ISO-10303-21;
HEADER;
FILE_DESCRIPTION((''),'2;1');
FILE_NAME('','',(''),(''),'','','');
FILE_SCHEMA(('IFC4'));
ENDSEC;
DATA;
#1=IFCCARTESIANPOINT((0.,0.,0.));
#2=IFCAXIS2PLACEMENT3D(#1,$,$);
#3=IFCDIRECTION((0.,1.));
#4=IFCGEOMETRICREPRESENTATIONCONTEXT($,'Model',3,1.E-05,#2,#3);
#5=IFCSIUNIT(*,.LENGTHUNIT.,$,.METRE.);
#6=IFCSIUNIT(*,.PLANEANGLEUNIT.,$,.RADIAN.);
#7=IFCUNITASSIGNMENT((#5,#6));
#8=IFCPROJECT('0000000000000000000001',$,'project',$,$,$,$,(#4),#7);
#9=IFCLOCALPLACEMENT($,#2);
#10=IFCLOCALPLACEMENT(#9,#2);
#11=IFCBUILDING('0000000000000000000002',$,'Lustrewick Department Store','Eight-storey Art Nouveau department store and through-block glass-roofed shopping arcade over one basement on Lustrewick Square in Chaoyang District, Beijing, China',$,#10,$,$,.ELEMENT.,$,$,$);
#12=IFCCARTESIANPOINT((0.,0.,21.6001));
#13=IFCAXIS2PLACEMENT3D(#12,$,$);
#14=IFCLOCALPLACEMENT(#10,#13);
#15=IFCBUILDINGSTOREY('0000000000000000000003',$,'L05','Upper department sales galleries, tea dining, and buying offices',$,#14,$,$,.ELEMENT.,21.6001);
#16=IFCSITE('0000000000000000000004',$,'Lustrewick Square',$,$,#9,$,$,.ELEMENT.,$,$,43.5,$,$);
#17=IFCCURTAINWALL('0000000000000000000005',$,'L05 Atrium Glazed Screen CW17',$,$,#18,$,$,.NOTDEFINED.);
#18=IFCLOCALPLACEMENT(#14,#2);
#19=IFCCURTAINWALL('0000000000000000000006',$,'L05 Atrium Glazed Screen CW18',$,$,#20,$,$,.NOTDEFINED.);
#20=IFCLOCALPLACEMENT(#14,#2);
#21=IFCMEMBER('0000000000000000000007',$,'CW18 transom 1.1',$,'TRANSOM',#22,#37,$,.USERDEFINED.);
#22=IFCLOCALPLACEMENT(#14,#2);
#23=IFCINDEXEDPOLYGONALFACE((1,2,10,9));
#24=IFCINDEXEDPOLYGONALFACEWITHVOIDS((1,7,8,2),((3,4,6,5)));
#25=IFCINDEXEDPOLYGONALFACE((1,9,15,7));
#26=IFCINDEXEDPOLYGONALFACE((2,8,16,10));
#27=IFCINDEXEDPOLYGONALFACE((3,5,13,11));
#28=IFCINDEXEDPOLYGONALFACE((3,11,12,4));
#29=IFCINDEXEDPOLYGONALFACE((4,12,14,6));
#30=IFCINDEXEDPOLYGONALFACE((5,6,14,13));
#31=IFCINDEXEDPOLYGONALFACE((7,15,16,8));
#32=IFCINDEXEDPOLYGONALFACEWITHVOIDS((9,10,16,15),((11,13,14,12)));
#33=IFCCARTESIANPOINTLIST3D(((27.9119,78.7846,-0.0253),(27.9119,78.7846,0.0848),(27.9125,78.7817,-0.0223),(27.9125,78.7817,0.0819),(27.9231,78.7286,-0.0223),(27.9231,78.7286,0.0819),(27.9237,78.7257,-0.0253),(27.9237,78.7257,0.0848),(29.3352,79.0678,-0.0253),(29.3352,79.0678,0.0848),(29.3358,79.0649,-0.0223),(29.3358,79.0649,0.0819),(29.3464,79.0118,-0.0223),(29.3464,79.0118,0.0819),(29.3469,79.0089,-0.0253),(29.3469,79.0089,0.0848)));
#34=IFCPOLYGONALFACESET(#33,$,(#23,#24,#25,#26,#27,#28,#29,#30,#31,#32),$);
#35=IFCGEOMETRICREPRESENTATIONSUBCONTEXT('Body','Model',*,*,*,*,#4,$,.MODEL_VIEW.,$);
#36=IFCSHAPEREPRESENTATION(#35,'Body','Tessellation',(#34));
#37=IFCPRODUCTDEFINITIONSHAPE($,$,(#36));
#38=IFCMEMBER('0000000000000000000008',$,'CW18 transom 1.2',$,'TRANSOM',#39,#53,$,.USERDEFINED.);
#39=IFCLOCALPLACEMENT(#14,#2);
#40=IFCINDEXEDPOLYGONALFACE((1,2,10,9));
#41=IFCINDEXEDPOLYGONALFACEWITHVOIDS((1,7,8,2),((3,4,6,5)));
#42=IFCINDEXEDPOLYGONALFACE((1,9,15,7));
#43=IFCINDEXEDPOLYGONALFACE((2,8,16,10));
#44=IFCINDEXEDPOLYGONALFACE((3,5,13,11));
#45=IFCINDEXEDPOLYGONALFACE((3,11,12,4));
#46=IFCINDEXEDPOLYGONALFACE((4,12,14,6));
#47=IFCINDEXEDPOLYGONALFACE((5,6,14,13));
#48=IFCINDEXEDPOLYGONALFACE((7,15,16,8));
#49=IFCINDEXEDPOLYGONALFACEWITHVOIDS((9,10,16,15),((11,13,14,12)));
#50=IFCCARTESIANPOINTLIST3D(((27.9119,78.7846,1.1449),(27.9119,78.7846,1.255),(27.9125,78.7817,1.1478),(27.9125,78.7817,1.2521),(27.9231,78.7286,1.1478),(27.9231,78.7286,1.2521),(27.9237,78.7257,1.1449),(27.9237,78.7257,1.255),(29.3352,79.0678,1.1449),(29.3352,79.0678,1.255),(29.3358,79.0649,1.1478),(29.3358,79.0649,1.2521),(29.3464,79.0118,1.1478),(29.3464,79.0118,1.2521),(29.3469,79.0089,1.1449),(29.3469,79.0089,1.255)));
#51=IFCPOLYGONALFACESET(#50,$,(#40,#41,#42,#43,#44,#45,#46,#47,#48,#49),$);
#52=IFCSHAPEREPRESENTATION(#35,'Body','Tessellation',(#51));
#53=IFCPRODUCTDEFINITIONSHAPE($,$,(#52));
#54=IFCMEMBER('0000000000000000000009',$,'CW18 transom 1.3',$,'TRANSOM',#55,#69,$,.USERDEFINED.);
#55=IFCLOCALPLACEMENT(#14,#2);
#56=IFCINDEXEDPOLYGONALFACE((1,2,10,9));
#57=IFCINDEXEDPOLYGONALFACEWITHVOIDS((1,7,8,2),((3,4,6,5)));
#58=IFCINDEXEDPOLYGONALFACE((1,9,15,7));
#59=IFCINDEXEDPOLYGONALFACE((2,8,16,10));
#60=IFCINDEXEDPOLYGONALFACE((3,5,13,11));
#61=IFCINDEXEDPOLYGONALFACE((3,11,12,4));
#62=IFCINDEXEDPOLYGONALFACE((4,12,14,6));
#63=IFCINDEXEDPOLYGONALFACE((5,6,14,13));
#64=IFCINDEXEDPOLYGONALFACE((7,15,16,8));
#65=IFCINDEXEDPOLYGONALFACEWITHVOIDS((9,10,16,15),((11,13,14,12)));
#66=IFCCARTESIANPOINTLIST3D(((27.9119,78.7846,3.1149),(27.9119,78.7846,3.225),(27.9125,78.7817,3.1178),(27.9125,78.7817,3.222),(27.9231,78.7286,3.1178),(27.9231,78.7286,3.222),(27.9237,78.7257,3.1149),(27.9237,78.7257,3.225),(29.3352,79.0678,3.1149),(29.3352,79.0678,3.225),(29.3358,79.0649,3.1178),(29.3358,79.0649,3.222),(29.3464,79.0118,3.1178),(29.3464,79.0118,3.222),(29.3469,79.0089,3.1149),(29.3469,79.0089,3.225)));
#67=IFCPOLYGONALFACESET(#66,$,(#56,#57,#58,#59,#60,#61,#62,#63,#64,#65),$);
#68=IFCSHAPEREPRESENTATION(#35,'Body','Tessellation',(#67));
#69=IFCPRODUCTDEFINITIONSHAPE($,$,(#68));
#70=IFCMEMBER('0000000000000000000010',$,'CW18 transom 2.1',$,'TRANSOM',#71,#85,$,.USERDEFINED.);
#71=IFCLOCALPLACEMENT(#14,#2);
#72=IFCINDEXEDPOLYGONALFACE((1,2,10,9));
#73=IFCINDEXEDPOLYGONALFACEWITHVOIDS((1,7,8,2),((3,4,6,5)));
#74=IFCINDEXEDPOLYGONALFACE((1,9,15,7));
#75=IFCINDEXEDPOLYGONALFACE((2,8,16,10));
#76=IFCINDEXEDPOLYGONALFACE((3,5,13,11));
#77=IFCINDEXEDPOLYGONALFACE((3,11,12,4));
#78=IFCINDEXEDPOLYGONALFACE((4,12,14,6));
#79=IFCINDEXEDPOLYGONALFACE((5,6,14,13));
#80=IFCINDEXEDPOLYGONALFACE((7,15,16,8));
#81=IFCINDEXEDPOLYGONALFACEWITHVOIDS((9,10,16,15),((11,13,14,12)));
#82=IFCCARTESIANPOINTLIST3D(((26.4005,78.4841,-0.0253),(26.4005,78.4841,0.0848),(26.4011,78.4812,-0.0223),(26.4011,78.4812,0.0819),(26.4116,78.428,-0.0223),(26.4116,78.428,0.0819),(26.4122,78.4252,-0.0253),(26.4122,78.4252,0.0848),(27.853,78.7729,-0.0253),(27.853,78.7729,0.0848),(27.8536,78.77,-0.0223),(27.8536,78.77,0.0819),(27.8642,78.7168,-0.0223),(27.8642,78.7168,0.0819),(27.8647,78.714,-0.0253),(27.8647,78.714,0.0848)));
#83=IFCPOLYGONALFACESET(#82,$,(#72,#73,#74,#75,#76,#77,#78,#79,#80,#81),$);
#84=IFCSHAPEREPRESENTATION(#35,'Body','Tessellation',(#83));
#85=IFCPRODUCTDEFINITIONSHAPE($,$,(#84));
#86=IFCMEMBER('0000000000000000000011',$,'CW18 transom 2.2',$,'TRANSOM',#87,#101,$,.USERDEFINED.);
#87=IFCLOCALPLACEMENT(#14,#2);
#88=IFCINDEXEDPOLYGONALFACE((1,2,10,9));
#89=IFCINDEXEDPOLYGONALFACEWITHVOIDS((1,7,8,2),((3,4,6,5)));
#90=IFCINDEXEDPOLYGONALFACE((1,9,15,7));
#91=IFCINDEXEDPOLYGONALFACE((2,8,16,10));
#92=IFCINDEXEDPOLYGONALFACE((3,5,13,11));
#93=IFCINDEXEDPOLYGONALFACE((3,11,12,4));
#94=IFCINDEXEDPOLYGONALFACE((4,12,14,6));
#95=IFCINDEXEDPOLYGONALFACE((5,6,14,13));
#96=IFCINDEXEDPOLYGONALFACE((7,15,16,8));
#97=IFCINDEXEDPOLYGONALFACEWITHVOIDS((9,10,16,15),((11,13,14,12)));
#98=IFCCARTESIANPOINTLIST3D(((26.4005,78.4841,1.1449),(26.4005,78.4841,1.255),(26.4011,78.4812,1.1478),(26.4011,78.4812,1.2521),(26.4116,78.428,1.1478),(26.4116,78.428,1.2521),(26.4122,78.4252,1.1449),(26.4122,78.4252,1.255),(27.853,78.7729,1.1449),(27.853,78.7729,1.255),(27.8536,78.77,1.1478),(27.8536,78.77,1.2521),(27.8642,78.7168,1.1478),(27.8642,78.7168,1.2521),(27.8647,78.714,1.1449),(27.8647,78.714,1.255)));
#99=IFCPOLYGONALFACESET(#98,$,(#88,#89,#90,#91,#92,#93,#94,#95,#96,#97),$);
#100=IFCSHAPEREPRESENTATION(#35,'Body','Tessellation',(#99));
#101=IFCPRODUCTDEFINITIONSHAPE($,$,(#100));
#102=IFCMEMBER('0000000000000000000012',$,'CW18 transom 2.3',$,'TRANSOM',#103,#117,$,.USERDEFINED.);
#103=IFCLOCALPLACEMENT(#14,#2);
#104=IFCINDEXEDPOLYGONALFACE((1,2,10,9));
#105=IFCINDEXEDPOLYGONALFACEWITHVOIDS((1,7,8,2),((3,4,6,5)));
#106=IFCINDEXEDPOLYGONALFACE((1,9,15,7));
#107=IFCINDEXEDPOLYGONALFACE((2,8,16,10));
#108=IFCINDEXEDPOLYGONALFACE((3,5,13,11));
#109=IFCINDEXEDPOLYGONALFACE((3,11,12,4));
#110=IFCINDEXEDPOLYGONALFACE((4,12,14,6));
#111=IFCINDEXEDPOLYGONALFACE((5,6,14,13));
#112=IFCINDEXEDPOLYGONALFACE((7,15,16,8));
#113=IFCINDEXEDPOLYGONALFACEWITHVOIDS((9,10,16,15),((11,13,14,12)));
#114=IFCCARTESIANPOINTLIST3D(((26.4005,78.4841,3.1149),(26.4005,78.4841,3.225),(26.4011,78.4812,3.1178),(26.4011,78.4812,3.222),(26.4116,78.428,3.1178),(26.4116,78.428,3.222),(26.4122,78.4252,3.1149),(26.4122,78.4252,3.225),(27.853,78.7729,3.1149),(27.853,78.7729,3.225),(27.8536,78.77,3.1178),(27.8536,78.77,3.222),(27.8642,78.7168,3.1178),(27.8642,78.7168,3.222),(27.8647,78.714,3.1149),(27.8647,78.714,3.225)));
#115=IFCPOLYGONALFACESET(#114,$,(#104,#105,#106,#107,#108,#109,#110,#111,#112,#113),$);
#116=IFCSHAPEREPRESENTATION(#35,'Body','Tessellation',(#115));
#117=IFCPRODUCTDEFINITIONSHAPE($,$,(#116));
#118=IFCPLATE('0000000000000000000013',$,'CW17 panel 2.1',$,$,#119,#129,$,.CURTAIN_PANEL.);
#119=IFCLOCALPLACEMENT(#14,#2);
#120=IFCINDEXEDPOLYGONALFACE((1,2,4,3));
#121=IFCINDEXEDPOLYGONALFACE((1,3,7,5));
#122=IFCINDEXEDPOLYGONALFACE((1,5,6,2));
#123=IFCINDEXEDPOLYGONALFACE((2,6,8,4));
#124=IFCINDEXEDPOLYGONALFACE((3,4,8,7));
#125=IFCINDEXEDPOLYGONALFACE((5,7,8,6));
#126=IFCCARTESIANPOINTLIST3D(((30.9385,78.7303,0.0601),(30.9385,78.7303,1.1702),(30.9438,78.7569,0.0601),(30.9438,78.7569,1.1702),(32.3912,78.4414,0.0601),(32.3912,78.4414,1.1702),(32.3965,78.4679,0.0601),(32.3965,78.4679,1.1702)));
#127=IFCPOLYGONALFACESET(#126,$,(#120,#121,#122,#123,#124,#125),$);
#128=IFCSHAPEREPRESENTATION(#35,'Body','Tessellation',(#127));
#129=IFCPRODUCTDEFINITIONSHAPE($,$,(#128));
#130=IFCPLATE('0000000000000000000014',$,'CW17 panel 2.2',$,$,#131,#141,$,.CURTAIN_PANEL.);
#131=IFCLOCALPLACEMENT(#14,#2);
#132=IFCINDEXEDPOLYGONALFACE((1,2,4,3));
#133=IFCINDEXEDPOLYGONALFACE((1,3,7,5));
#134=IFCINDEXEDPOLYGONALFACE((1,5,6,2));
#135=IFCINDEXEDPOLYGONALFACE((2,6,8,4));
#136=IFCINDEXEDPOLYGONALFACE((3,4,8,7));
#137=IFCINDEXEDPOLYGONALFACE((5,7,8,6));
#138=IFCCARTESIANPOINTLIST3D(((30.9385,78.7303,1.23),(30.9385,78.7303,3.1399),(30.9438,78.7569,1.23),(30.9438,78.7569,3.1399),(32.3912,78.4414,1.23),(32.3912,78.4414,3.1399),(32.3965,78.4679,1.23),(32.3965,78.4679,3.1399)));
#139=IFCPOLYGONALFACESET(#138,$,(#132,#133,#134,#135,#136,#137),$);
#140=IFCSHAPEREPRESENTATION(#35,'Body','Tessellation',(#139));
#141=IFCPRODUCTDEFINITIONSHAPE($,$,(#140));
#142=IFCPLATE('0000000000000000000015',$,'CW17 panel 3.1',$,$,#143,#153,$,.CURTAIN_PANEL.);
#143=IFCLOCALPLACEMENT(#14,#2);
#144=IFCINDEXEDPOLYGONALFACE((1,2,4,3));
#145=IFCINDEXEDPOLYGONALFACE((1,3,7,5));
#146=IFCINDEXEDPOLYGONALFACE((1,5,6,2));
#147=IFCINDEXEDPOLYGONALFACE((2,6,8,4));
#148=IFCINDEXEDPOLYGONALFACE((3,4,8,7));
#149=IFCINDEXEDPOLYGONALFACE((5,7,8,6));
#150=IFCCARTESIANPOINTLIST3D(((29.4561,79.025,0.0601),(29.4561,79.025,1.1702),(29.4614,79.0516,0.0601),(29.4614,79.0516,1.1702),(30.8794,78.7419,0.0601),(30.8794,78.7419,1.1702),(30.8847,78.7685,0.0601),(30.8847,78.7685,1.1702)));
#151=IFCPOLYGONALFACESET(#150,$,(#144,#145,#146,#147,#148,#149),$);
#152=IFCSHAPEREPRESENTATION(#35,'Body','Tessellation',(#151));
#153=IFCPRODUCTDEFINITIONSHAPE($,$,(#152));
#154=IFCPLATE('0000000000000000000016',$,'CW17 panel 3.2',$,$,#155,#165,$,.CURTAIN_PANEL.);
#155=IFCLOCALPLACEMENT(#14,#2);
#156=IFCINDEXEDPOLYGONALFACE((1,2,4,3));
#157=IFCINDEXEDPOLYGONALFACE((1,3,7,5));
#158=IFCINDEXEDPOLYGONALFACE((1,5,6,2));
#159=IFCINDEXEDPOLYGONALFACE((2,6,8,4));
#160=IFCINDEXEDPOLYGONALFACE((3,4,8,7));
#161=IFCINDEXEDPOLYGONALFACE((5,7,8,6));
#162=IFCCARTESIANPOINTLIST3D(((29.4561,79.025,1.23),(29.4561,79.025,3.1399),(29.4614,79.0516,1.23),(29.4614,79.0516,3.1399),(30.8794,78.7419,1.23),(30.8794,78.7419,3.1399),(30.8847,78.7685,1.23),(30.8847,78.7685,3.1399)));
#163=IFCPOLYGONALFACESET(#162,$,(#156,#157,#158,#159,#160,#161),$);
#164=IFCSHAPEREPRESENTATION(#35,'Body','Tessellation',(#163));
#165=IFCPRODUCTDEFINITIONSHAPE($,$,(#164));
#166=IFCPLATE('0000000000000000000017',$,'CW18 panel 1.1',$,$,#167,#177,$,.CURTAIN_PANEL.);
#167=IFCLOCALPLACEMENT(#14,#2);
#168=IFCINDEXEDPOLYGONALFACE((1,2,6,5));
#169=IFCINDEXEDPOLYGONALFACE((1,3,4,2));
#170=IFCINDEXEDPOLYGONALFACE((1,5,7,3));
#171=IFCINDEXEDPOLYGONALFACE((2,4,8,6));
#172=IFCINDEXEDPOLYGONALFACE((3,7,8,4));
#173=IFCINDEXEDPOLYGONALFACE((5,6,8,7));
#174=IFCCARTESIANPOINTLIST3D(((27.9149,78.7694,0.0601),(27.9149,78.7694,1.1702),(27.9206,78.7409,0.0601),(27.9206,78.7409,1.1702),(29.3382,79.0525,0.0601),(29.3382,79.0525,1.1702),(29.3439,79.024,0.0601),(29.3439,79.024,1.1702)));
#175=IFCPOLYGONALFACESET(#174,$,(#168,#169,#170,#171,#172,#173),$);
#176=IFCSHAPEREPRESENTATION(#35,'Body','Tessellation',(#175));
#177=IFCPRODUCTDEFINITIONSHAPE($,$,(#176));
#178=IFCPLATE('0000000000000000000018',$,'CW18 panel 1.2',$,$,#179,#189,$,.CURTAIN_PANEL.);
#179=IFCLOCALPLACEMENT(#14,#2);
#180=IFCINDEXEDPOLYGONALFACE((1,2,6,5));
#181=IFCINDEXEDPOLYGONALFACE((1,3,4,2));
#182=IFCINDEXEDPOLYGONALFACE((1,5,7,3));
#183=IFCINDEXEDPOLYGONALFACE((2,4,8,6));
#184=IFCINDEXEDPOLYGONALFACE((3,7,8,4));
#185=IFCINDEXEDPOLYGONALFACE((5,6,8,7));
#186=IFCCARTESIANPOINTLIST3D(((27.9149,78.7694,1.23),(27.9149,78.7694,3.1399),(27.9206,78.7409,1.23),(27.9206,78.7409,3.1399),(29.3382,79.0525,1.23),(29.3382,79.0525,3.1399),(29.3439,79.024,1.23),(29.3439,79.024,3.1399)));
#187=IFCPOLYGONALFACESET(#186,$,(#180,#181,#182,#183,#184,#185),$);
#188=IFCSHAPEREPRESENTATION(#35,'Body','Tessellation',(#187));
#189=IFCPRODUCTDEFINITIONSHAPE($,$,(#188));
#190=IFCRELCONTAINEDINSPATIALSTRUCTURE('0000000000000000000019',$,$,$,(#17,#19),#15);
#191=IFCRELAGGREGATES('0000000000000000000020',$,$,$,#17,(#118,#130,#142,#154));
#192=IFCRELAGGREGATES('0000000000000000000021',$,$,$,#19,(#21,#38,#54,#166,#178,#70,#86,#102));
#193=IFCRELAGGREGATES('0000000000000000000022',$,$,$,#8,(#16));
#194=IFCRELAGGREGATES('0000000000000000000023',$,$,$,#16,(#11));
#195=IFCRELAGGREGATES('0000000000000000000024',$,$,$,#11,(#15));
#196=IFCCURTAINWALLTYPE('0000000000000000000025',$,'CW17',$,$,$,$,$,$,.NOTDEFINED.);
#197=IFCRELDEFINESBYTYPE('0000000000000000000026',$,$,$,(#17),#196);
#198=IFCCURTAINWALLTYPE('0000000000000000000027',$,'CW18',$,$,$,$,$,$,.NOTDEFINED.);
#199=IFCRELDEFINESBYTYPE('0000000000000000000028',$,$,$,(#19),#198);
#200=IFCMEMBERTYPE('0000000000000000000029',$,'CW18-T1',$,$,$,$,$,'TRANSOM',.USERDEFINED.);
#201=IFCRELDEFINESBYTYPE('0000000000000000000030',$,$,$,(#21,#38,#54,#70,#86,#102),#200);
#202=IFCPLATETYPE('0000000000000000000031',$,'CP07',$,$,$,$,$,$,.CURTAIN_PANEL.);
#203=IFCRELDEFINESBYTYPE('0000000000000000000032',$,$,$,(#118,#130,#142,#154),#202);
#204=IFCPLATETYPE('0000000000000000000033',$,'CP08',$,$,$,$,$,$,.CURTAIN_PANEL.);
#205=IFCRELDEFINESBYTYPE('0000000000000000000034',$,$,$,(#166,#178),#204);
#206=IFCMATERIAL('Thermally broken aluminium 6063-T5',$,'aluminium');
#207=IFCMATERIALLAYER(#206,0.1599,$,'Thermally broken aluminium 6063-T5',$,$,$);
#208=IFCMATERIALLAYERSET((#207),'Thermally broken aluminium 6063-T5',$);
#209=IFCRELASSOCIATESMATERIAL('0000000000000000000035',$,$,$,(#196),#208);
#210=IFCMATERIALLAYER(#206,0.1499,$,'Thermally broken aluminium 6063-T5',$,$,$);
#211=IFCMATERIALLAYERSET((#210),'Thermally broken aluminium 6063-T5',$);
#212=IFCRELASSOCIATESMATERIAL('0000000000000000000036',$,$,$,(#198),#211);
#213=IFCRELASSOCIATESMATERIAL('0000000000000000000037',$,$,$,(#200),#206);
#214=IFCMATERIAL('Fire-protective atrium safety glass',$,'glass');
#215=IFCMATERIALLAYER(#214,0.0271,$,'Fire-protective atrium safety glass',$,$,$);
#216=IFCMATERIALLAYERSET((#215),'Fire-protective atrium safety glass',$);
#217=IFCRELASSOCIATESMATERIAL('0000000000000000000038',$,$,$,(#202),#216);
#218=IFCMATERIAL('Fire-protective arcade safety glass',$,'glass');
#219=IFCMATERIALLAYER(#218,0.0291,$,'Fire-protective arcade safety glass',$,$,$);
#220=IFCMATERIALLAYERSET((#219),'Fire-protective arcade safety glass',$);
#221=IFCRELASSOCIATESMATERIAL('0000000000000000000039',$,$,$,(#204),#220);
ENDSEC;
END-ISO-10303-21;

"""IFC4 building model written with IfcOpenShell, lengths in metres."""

from ifc_helpers import new_model, si_unit, direction, frame, origin, origin_2d, place, context, subcontext, project, spatial, rectangle, hollow_rectangle, extrude, material, layer, layer_set, material_profile, profile_set, type_object, element, aggregate, save


model = new_model("IFC4")

# Units and contexts
model_context = context("Model", 3, precision=1e-05, world=origin(), true_north=direction((0.0, 1.0)))
body_context = subcontext(model_context, "Body", "Model", "MODEL_VIEW")
ifc_project = project(units=[si_unit("LENGTHUNIT", "METRE"), si_unit("PLANEANGLEUNIT", "RADIAN")], contexts=[model_context])

# Site, building, storey
site_placement = place(None, origin())
site = spatial("IfcSite", under=ifc_project, at=site_placement, Name="Lustrewick Square", CompositionType="ELEMENT", RefElevation=43.5)
building_placement = place(site_placement, origin())
building = spatial("IfcBuilding", under=site, at=building_placement, Name="Lustrewick Department Store", Description="Eight-storey Art Nouveau department store and through-block glass-roofed shopping arcade over one basement on Lustrewick Square in Chaoyang District, Beijing, China", CompositionType="ELEMENT")
storey_placement = place(building_placement, frame((0.0, 0.0, 21.6001)))
storey = spatial("IfcBuildingStorey", under=building, at=storey_placement, Name="L05", Description="Upper department sales galleries, tea dining, and buying offices", CompositionType="ELEMENT", Elevation=21.6001)

# Curtain walls, members
ifc_material_1 = material(Name="Thermally broken aluminium 6063-T5", Category="aluminium")
ifc_layer_1 = layer(ifc_material_1, 0.1599, Name="Thermally broken aluminium 6063-T5")
ifc_layer_set_1 = layer_set([ifc_layer_1], Name="Thermally broken aluminium 6063-T5")
curtain_wall_type_1 = type_object("IfcCurtainWallType", Name="CW17", PredefinedType="NOTDEFINED", material=ifc_layer_set_1)
curtain_wall_1_placement = place(storey_placement, origin())
curtain_wall_1 = element("IfcCurtainWall", 1, at=curtain_wall_1_placement, inside=storey, type_object=curtain_wall_type_1, Name="L05 Atrium Glazed Screen CW17", PredefinedType="NOTDEFINED")
ifc_layer_2 = layer(ifc_material_1, 0.1499, Name="Thermally broken aluminium 6063-T5")
ifc_layer_set_2 = layer_set([ifc_layer_2], Name="Thermally broken aluminium 6063-T5")
curtain_wall_type_2 = type_object("IfcCurtainWallType", Name="CW18", PredefinedType="NOTDEFINED", material=ifc_layer_set_2)
curtain_wall_2_placement = place(storey_placement, origin())
curtain_wall_2 = element("IfcCurtainWall", 2, at=curtain_wall_2_placement, inside=storey, type_object=curtain_wall_type_2, Name="L05 Atrium Glazed Screen CW18", PredefinedType="NOTDEFINED")
ifc_material_profile_1 = material_profile(ifc_material_1, hollow_rectangle(XDim=0.0601, YDim=0.1101, WallThickness=0.0029, at=origin_2d()), Name="ALU-T 60x110x3")
ifc_profile_set_1 = profile_set([ifc_material_profile_1], Name="Thermally broken aluminium 6063-T5")
member_type_1 = type_object("IfcMemberType", Name="CW18-T1", ElementType="TRANSOM", PredefinedType="USERDEFINED", material=ifc_profile_set_1)
member_1_placement = place(storey_placement, frame((29.3411, 79.0383, 0.0298), z_axis=(-0.980774, -0.195145, 0.0), x_axis=(0.195145, -0.980774, 0.0)))
member_1 = element("IfcMember", 3, at=member_1_placement, type_object=member_type_1, Name="CW18 transom 1.1", ObjectType="TRANSOM", PredefinedType="USERDEFINED", context=body_context, shape_type="SweptSolid", body=[
    extrude(hollow_rectangle(XDim=0.0601, YDim=0.1101, WallThickness=0.0029, at=origin_2d()), origin(), (0.0, 0.0, 1.0), 1.4512),
])
member_2_placement = place(storey_placement, frame((29.3411, 79.0383, 1.2), z_axis=(-0.980774, -0.195145, 0.0), x_axis=(0.195145, -0.980774, 0.0)))
member_2 = element("IfcMember", 4, at=member_2_placement, type_object=member_type_1, Name="CW18 transom 1.2", ObjectType="TRANSOM", PredefinedType="USERDEFINED", context=body_context, shape_type="SweptSolid", body=[
    extrude(hollow_rectangle(XDim=0.0601, YDim=0.1101, WallThickness=0.0029, at=origin_2d()), origin(), (0.0, 0.0, 1.0), 1.4512),
])
member_3_placement = place(storey_placement, frame((29.3411, 79.0383, 3.1699), z_axis=(-0.980774, -0.195145, 0.0), x_axis=(0.195145, -0.980774, 0.0)))
member_3 = element("IfcMember", 5, at=member_3_placement, type_object=member_type_1, Name="CW18 transom 1.3", ObjectType="TRANSOM", PredefinedType="USERDEFINED", context=body_context, shape_type="SweptSolid", body=[
    extrude(hollow_rectangle(XDim=0.0601, YDim=0.1101, WallThickness=0.0029, at=origin_2d()), origin(), (0.0, 0.0, 1.0), 1.4512),
])
member_4_placement = place(storey_placement, frame((27.8589, 78.7434, 0.0298), z_axis=(-0.980802, -0.195007, 0.0), x_axis=(0.195007, -0.980802, 0.0)))
member_4 = element("IfcMember", 6, at=member_4_placement, type_object=member_type_1, Name="CW18 transom 2.1", ObjectType="TRANSOM", PredefinedType="USERDEFINED", context=body_context, shape_type="SweptSolid", body=[
    extrude(hollow_rectangle(XDim=0.0601, YDim=0.1101, WallThickness=0.0029, at=origin_2d()), origin(), (0.0, 0.0, 1.0), 1.481),
])
member_5_placement = place(storey_placement, frame((27.8589, 78.7434, 1.2), z_axis=(-0.980802, -0.195007, 0.0), x_axis=(0.195007, -0.980802, 0.0)))
member_5 = element("IfcMember", 7, at=member_5_placement, type_object=member_type_1, Name="CW18 transom 2.2", ObjectType="TRANSOM", PredefinedType="USERDEFINED", context=body_context, shape_type="SweptSolid", body=[
    extrude(hollow_rectangle(XDim=0.0601, YDim=0.1101, WallThickness=0.0029, at=origin_2d()), origin(), (0.0, 0.0, 1.0), 1.481),
])
member_6_placement = place(storey_placement, frame((27.8589, 78.7434, 3.1699), z_axis=(-0.980802, -0.195007, 0.0), x_axis=(0.195007, -0.980802, 0.0)))
member_6 = element("IfcMember", 8, at=member_6_placement, type_object=member_type_1, Name="CW18 transom 2.3", ObjectType="TRANSOM", PredefinedType="USERDEFINED", context=body_context, shape_type="SweptSolid", body=[
    extrude(hollow_rectangle(XDim=0.0601, YDim=0.1101, WallThickness=0.0029, at=origin_2d()), origin(), (0.0, 0.0, 1.0), 1.481),
])

# Plates
ifc_material_2 = material(Name="Fire-protective atrium safety glass", Category="glass")
ifc_layer_3 = layer(ifc_material_2, 0.0271, Name="Fire-protective atrium safety glass")
ifc_layer_set_3 = layer_set([ifc_layer_3], Name="Fire-protective atrium safety glass")
plate_type_1 = type_object("IfcPlateType", Name="CP07", PredefinedType="CURTAIN_PANEL", material=ifc_layer_set_3)
plate_1_placement = place(storey_placement, frame((31.6675, 78.5991, 0.0601), z_axis=(0.0, 0.0, 1.0), x_axis=(-0.980786, 0.195085, 0.0)))
plate_1 = element("IfcPlate", 9, at=plate_1_placement, type_object=plate_type_1, Name="CW17 panel 2.1", PredefinedType="CURTAIN_PANEL", context=body_context, shape_type="SweptSolid", body=[
    extrude(rectangle(XDim=1.4812, YDim=0.0271, at=origin_2d()), origin(), (0.0, 0.0, 1.0), 1.1101),
])
plate_2_placement = place(storey_placement, frame((31.6675, 78.5991, 1.23), z_axis=(0.0, 0.0, 1.0), x_axis=(-0.980786, 0.195085, 0.0)))
plate_2 = element("IfcPlate", 10, at=plate_2_placement, type_object=plate_type_1, Name="CW17 panel 2.2", PredefinedType="CURTAIN_PANEL", context=body_context, shape_type="SweptSolid", body=[
    extrude(rectangle(XDim=1.4812, YDim=0.0271, at=origin_2d()), origin(), (0.0, 0.0, 1.0), 1.9099),
])
plate_3_placement = place(storey_placement, frame((30.1704, 78.8967, 0.0601), z_axis=(0.0, 0.0, 1.0), x_axis=(-0.980786, 0.195085, 0.0)))
plate_3 = element("IfcPlate", 11, at=plate_3_placement, type_object=plate_type_1, Name="CW17 panel 3.1", PredefinedType="CURTAIN_PANEL", context=body_context, shape_type="SweptSolid", body=[
    extrude(rectangle(XDim=1.4512, YDim=0.0271, at=origin_2d()), origin(), (0.0, 0.0, 1.0), 1.1101),
])
plate_4_placement = place(storey_placement, frame((30.1704, 78.8967, 1.23), z_axis=(0.0, 0.0, 1.0), x_axis=(-0.980786, 0.195085, 0.0)))
plate_4 = element("IfcPlate", 12, at=plate_4_placement, type_object=plate_type_1, Name="CW17 panel 3.2", PredefinedType="CURTAIN_PANEL", context=body_context, shape_type="SweptSolid", body=[
    extrude(rectangle(XDim=1.4512, YDim=0.0271, at=origin_2d()), origin(), (0.0, 0.0, 1.0), 1.9099),
])
aggregate(curtain_wall_1, [plate_1, plate_2, plate_3, plate_4])
ifc_material_3 = material(Name="Fire-protective arcade safety glass", Category="glass")
ifc_layer_4 = layer(ifc_material_3, 0.0291, Name="Fire-protective arcade safety glass")
ifc_layer_set_4 = layer_set([ifc_layer_4], Name="Fire-protective arcade safety glass")
plate_type_2 = type_object("IfcPlateType", Name="CP08", PredefinedType="CURTAIN_PANEL", material=ifc_layer_set_4)
plate_5_placement = place(storey_placement, frame((28.6294, 78.8967, 0.0601), z_axis=(0.0, 0.0, 1.0), x_axis=(-0.980786, -0.195085, 0.0)))
plate_5 = element("IfcPlate", 13, at=plate_5_placement, type_object=plate_type_2, Name="CW18 panel 1.1", PredefinedType="CURTAIN_PANEL", context=body_context, shape_type="SweptSolid", body=[
    extrude(rectangle(XDim=1.4512, YDim=0.0291, at=origin_2d()), origin(), (0.0, 0.0, 1.0), 1.1101),
])
plate_6_placement = place(storey_placement, frame((28.6294, 78.8967, 1.23), z_axis=(0.0, 0.0, 1.0), x_axis=(-0.980786, -0.195085, 0.0)))
plate_6 = element("IfcPlate", 14, at=plate_6_placement, type_object=plate_type_2, Name="CW18 panel 1.2", PredefinedType="CURTAIN_PANEL", context=body_context, shape_type="SweptSolid", body=[
    extrude(rectangle(XDim=1.4512, YDim=0.0291, at=origin_2d()), origin(), (0.0, 0.0, 1.0), 1.9099),
])
aggregate(curtain_wall_2, [member_1, member_2, member_3, plate_5, plate_6, member_4, member_5, member_6])

save(model, "model.ifc")
